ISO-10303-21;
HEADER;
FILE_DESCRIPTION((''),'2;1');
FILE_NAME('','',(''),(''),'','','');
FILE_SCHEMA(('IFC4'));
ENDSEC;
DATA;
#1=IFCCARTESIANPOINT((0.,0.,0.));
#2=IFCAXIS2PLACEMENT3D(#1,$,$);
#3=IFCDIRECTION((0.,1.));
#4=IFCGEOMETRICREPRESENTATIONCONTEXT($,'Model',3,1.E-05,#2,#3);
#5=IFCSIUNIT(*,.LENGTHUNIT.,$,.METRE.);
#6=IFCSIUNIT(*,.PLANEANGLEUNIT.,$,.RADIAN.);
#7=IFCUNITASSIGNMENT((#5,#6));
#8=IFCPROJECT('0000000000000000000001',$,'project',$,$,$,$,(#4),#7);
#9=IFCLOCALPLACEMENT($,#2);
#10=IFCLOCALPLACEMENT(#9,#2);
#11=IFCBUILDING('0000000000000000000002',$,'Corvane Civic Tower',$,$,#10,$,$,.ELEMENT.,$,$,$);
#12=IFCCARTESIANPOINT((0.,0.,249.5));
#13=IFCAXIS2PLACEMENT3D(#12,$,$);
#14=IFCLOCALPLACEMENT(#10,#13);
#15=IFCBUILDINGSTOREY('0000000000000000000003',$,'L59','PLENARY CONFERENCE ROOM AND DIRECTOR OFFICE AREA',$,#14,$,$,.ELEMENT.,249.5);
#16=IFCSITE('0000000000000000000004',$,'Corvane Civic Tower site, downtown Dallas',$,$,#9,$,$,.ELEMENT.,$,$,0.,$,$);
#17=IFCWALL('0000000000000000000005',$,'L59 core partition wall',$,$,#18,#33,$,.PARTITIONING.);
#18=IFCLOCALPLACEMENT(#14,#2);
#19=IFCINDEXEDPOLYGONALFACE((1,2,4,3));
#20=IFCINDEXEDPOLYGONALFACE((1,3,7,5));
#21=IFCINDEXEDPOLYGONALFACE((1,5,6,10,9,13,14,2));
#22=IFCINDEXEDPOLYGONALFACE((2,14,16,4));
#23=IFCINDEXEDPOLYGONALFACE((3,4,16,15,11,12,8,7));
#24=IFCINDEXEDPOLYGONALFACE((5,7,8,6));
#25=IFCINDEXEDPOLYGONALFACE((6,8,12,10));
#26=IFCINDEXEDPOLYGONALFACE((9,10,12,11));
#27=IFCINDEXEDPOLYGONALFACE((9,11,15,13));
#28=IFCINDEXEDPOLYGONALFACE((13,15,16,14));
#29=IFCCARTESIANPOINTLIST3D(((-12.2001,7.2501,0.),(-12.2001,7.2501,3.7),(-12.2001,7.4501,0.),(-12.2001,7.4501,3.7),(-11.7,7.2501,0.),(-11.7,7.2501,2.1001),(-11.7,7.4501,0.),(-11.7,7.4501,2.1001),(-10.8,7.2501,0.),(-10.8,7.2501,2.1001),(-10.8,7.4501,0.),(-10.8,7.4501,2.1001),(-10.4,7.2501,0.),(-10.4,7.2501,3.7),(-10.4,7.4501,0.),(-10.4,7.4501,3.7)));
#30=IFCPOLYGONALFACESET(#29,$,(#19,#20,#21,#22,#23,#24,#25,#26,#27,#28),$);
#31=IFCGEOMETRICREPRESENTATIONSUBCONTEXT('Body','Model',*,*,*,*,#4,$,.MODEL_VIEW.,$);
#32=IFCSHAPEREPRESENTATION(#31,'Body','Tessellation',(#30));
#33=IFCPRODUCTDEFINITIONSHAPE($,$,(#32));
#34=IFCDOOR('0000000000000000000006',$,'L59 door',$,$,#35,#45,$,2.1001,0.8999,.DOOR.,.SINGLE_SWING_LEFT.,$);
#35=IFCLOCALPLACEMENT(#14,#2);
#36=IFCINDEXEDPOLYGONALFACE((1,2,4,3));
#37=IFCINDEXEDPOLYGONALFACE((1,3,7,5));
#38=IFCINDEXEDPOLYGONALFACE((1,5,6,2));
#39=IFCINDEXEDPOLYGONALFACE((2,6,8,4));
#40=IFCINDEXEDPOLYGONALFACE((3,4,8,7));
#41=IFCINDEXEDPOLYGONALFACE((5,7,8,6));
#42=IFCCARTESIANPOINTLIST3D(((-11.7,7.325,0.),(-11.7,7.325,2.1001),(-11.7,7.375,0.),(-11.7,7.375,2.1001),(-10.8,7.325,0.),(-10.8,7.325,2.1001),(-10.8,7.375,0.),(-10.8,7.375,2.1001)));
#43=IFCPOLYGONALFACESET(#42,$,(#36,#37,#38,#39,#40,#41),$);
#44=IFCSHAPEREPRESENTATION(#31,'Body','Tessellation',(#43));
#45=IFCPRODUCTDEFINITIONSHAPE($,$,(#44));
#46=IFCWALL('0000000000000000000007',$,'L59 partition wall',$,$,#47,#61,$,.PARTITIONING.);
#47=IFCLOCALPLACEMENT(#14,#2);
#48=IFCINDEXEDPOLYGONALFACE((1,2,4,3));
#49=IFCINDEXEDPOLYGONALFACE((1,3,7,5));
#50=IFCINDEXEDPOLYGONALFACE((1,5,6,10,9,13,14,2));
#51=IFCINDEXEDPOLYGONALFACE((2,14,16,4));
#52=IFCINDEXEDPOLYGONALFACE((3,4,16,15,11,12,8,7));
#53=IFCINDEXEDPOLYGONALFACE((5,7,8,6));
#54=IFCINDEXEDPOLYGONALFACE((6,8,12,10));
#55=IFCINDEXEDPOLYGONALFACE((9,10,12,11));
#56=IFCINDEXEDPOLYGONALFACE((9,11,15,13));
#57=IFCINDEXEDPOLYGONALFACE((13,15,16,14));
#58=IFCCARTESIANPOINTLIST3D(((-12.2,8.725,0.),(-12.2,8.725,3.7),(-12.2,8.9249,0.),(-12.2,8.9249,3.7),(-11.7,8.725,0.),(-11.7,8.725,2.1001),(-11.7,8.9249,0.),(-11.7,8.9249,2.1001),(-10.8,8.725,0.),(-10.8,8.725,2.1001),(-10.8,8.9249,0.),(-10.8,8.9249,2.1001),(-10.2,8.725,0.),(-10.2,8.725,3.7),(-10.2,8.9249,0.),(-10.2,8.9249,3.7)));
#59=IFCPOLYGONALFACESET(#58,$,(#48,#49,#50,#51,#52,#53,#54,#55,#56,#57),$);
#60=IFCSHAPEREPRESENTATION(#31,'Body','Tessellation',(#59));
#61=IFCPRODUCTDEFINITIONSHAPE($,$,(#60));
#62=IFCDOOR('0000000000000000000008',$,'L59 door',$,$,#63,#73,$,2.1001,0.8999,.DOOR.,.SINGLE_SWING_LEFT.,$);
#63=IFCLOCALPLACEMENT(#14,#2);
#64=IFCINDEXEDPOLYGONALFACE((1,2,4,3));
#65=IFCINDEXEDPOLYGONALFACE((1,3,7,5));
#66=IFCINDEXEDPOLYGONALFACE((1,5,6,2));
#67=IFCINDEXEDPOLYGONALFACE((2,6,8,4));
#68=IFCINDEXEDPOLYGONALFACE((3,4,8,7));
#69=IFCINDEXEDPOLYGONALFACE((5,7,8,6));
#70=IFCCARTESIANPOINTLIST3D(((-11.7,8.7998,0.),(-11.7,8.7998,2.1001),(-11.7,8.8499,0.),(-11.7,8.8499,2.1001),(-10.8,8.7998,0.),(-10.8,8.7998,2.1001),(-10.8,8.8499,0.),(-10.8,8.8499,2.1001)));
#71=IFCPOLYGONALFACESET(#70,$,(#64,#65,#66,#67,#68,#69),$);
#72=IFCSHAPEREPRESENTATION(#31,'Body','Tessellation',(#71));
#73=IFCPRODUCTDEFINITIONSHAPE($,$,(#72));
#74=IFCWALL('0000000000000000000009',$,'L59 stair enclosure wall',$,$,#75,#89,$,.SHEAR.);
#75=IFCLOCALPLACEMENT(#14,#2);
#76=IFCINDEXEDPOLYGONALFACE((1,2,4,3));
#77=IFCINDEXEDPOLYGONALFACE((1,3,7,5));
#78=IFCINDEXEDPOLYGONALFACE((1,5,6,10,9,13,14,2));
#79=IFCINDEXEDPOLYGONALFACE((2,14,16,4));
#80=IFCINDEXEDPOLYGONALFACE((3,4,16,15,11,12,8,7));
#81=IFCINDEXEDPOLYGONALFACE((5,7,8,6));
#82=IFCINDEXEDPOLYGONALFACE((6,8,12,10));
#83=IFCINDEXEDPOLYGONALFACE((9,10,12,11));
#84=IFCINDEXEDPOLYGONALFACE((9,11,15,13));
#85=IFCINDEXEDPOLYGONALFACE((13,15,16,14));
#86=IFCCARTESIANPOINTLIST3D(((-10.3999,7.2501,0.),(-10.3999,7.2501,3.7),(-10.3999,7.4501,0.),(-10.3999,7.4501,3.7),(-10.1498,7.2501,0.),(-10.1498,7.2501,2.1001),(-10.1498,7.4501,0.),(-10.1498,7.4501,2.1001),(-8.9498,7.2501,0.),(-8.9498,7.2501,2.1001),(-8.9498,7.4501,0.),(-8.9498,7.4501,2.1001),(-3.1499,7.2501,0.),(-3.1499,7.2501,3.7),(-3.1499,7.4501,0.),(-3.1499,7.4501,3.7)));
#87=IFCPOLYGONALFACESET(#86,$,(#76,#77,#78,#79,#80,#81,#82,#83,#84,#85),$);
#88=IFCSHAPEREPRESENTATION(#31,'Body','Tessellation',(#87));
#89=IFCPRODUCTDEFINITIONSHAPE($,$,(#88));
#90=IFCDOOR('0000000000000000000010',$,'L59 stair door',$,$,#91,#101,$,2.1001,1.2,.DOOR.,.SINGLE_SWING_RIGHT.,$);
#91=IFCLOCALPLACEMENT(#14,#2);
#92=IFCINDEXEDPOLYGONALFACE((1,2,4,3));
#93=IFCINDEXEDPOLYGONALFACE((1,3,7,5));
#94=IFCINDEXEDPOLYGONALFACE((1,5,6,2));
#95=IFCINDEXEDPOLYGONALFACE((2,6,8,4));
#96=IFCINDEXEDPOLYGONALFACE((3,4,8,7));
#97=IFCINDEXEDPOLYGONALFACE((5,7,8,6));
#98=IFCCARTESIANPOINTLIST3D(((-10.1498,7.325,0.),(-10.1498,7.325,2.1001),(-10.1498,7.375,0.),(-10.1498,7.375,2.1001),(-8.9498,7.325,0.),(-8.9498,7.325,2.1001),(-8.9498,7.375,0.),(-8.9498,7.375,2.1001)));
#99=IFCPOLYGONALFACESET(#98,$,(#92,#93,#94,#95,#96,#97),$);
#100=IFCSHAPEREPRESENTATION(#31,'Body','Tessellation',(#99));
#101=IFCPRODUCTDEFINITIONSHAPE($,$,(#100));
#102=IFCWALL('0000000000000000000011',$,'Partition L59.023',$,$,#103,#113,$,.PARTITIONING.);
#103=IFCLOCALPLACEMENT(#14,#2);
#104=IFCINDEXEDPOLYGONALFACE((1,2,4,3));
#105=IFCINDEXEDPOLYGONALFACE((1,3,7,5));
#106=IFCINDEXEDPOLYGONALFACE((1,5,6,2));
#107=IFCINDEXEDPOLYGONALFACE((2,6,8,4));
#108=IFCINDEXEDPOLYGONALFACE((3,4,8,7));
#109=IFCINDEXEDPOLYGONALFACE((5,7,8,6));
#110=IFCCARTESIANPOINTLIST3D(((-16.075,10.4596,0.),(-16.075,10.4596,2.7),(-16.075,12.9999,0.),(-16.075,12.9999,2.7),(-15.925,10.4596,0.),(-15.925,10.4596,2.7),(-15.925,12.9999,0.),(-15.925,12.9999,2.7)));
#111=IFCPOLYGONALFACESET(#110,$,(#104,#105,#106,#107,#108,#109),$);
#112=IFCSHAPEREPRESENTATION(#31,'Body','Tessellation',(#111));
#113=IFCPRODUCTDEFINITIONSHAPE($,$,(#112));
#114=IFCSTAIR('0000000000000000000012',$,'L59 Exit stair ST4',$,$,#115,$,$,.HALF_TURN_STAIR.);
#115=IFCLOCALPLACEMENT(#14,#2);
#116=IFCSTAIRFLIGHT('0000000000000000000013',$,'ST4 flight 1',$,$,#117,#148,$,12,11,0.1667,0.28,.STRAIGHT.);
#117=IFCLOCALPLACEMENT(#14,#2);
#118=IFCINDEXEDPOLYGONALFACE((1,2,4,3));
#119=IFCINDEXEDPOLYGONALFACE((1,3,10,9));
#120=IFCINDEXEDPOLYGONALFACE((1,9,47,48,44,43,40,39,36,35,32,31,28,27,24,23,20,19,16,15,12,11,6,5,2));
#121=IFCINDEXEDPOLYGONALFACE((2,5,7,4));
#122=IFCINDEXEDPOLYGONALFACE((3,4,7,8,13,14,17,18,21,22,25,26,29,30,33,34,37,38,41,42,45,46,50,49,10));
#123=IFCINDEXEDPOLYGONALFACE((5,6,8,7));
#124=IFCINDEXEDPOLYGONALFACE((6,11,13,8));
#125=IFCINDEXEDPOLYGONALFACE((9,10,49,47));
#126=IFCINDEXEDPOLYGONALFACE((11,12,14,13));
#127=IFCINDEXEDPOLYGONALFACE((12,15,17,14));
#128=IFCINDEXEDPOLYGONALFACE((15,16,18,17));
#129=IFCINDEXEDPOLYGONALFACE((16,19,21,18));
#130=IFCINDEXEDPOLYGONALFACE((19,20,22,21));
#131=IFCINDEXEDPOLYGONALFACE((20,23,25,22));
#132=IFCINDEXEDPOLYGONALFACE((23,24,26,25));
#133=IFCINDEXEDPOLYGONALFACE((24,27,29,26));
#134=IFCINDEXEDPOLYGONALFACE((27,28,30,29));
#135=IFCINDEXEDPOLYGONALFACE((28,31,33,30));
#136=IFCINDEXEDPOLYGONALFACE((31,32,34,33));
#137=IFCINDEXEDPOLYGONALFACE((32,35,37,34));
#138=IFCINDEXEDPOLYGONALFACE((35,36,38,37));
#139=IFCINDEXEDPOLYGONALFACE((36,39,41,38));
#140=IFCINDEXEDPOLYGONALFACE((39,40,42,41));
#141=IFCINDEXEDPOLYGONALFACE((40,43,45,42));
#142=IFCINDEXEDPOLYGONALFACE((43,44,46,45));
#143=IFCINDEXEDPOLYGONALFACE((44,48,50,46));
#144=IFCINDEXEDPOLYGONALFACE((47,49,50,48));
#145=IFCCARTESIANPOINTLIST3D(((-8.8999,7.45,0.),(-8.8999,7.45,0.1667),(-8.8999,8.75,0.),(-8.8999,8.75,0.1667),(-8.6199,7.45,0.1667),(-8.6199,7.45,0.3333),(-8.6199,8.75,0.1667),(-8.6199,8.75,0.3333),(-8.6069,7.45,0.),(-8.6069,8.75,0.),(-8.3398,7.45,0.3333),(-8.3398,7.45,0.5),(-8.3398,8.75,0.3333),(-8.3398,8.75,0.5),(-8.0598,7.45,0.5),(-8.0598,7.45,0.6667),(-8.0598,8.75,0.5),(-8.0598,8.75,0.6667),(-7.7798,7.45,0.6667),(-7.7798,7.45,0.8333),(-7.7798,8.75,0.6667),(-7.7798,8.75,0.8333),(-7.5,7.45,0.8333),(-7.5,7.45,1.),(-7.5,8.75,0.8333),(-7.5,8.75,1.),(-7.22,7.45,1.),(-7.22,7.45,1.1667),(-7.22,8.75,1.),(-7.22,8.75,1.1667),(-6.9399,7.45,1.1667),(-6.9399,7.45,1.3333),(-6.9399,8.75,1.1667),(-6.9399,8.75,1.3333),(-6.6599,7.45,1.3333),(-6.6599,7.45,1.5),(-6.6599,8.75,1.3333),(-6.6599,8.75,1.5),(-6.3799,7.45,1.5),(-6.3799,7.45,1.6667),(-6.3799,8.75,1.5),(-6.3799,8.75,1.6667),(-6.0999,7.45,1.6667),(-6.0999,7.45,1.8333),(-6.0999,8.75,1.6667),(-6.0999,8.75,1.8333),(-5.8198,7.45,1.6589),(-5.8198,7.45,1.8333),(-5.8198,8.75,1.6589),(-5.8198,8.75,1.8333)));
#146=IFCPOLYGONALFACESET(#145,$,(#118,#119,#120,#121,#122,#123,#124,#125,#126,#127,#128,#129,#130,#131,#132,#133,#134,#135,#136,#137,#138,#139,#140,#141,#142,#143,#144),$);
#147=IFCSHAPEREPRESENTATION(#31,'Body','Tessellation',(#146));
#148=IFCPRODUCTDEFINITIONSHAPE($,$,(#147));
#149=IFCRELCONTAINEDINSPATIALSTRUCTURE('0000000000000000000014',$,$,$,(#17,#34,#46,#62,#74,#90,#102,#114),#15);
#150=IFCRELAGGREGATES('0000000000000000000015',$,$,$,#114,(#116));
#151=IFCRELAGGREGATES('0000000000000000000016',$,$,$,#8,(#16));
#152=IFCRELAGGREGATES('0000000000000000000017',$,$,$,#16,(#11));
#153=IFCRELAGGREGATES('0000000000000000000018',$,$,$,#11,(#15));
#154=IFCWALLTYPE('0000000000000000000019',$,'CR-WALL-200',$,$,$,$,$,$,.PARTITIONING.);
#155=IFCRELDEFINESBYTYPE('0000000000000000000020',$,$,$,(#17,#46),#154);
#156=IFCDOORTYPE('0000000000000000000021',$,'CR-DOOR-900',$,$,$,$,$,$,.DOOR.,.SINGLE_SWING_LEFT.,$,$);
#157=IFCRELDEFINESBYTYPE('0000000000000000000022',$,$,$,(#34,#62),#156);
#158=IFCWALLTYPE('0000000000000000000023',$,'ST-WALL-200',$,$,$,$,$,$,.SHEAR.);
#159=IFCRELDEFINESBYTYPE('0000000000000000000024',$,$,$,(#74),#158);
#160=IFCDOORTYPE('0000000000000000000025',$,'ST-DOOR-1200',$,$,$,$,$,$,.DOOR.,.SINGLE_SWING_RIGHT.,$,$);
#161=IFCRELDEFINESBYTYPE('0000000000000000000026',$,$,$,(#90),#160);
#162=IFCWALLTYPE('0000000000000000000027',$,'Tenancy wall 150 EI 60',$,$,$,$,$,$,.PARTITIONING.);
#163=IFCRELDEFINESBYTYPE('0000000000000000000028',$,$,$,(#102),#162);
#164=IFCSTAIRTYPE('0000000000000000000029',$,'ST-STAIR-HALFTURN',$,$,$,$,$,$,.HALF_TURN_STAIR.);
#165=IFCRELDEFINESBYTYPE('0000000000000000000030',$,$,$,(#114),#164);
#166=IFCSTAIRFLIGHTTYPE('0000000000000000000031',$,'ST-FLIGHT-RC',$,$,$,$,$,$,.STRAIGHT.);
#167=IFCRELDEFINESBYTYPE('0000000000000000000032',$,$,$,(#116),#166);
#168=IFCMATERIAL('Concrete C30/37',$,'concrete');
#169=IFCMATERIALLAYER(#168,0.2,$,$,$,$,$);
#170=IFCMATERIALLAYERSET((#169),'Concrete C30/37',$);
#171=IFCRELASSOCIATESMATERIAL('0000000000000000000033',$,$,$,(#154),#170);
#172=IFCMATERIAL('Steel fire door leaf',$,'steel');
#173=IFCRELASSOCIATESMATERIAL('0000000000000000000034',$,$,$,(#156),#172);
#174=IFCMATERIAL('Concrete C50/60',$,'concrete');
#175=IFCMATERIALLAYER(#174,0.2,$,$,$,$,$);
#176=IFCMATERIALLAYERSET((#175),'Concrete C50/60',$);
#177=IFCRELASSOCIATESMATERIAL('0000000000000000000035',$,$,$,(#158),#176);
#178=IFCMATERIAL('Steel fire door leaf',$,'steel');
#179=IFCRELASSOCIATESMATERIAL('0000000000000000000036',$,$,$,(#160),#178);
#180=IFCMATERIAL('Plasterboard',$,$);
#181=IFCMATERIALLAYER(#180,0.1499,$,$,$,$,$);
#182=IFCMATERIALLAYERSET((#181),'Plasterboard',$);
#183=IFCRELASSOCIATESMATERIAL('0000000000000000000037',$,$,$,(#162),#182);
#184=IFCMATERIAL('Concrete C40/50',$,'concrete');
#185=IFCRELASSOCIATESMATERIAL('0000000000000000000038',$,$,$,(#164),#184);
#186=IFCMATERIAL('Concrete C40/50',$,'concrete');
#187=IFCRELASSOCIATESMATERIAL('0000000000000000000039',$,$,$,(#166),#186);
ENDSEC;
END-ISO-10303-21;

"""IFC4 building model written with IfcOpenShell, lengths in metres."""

from ifc_helpers import new_model, si_unit, direction, frame, frame_2d, origin, place, context, subcontext, project, spatial, polyline, rectangle, outline, extrude, material, layer, layer_set, type_object, element, fill, aggregate, save


model = new_model("IFC4")

# Units and contexts
model_context = context("Model", 3, precision=1e-05, world=origin(), true_north=direction((0.0, 1.0)))
body_context = subcontext(model_context, "Body", "Model", "MODEL_VIEW")
ifc_project = project(units=[si_unit("LENGTHUNIT", "METRE"), si_unit("PLANEANGLEUNIT", "RADIAN")], contexts=[model_context])

# Site, building, storey
site_placement = place(None, origin())
site = spatial("IfcSite", under=ifc_project, at=site_placement, Name="Corvane Civic Tower site, downtown Dallas", CompositionType="ELEMENT", RefElevation=0.0)
building_placement = place(site_placement, origin())
building = spatial("IfcBuilding", under=site, at=building_placement, Name="Corvane Civic Tower", CompositionType="ELEMENT")
storey_placement = place(building_placement, frame((0.0, 0.0, 249.5)))
storey = spatial("IfcBuildingStorey", under=building, at=storey_placement, Name="L59", Description="PLENARY CONFERENCE ROOM AND DIRECTOR OFFICE AREA", CompositionType="ELEMENT", Elevation=249.5)

# Shared definitions
ifc_material_1 = material(Name="Concrete C30/37", Category="concrete")
ifc_layer_1 = layer(ifc_material_1, 0.2)
ifc_layer_set_1 = layer_set([ifc_layer_1], Name="Concrete C30/37")
wall_type_1 = type_object("IfcWallType", Name="CR-WALL-200", PredefinedType="PARTITIONING", material=ifc_layer_set_1)
ifc_material_2 = material(Name="Steel fire door leaf", Category="steel")
door_type_1 = type_object("IfcDoorType", Name="CR-DOOR-900", OperationType="SINGLE_SWING_LEFT", PredefinedType="DOOR", material=ifc_material_2)

# Walls, openings, doors
wall_1_placement = place(storey_placement, frame((-12.2, 7.3501, 0.0), z_axis=(0.0, 0.0, 1.0), x_axis=(1.0, 0.0, 0.0)))
wall_1 = element("IfcWall", 1, at=wall_1_placement, inside=storey, type_object=wall_type_1, Name="L59 core partition wall", PredefinedType="PARTITIONING", context=body_context, shape_type="SweptSolid", body=[
    extrude(rectangle(XDim=1.8, YDim=0.2, at=frame_2d((0.8999, 0.0))), origin(), (0.0, 0.0, 1.0), 3.7),
])
opening_1_placement = place(wall_1_placement, frame((0.5, 0.0, 0.0)))
opening_1 = element("IfcOpeningElement", 2, at=opening_1_placement, cuts=wall_1, PredefinedType="OPENING", context=body_context, shape_type="SweptSolid", body=[
    extrude(rectangle(XDim=0.8999, YDim=2.1001, at=frame_2d((0.45, 1.05))), frame((0.0, 0.1099, 0.0), z_axis=(0.0, -1.0, 0.0), x_axis=(1.0, 0.0, 0.0)), (0.0, 0.0, 1.0), 0.22),
])
door_1_placement = place(opening_1_placement, origin())
door_1 = element("IfcDoor", 3, at=door_1_placement, inside=storey, type_object=door_type_1, Name="L59 door", OperationType="SINGLE_SWING_LEFT", OverallHeight=2.1001, OverallWidth=0.8999, PredefinedType="DOOR", context=body_context, shape_type="SweptSolid", body=[
    extrude(rectangle(XDim=0.8999, YDim=2.1001, at=frame_2d((0.45, 1.05))), frame((0.0, 0.0249, 0.0), z_axis=(0.0, -1.0, 0.0), x_axis=(1.0, 0.0, 0.0)), (0.0, 0.0, 1.0), 0.05),
])
fill(opening_1, door_1)
wall_2_placement = place(storey_placement, frame((-12.2, 8.825, 0.0), z_axis=(0.0, 0.0, 1.0), x_axis=(1.0, 0.0, 0.0)))
wall_2 = element("IfcWall", 4, at=wall_2_placement, inside=storey, type_object=wall_type_1, Name="L59 partition wall", PredefinedType="PARTITIONING", context=body_context, shape_type="SweptSolid", body=[
    extrude(rectangle(XDim=2.0, YDim=0.2, at=frame_2d((1.0, 0.0))), origin(), (0.0, 0.0, 1.0), 3.7),
])
opening_2_placement = place(wall_2_placement, frame((0.5, 0.0, 0.0)))
opening_2 = element("IfcOpeningElement", 5, at=opening_2_placement, cuts=wall_2, PredefinedType="OPENING", context=body_context, shape_type="SweptSolid", body=[
    extrude(rectangle(XDim=0.8999, YDim=2.1001, at=frame_2d((0.45, 1.05))), frame((0.0, 0.1099, 0.0), z_axis=(0.0, -1.0, 0.0), x_axis=(1.0, 0.0, 0.0)), (0.0, 0.0, 1.0), 0.22),
])
door_2_placement = place(opening_2_placement, origin())
door_2 = element("IfcDoor", 6, at=door_2_placement, inside=storey, type_object=door_type_1, Name="L59 door", OperationType="SINGLE_SWING_LEFT", OverallHeight=2.1001, OverallWidth=0.8999, PredefinedType="DOOR", context=body_context, shape_type="SweptSolid", body=[
    extrude(rectangle(XDim=0.8999, YDim=2.1001, at=frame_2d((0.45, 1.05))), frame((0.0, 0.0249, 0.0), z_axis=(0.0, -1.0, 0.0), x_axis=(1.0, 0.0, 0.0)), (0.0, 0.0, 1.0), 0.05),
])
fill(opening_2, door_2)
ifc_material_3 = material(Name="Concrete C50/60", Category="concrete")
ifc_layer_2 = layer(ifc_material_3, 0.2)
ifc_layer_set_2 = layer_set([ifc_layer_2], Name="Concrete C50/60")
wall_type_2 = type_object("IfcWallType", Name="ST-WALL-200", PredefinedType="SHEAR", material=ifc_layer_set_2)
wall_3_placement = place(storey_placement, frame((-10.3999, 7.3501, 0.0), z_axis=(0.0, 0.0, 1.0), x_axis=(1.0, 0.0, 0.0)))
wall_3 = element("IfcWall", 7, at=wall_3_placement, inside=storey, type_object=wall_type_2, Name="L59 stair enclosure wall", PredefinedType="SHEAR", context=body_context, shape_type="SweptSolid", body=[
    extrude(rectangle(XDim=7.25, YDim=0.2, at=frame_2d((3.625, 0.0))), origin(), (0.0, 0.0, 1.0), 3.7),
])
opening_3_placement = place(wall_3_placement, frame((0.25, 0.0, 0.0)))
opening_3 = element("IfcOpeningElement", 8, at=opening_3_placement, cuts=wall_3, PredefinedType="OPENING", context=body_context, shape_type="SweptSolid", body=[
    extrude(rectangle(XDim=1.2, YDim=2.1001, at=frame_2d((0.6001, 1.05))), frame((0.0, 0.1099, 0.0), z_axis=(0.0, -1.0, 0.0), x_axis=(1.0, 0.0, 0.0)), (0.0, 0.0, 1.0), 0.22),
])
ifc_material_4 = material(Name="Steel fire door leaf", Category="steel")
door_type_2 = type_object("IfcDoorType", Name="ST-DOOR-1200", OperationType="SINGLE_SWING_RIGHT", PredefinedType="DOOR", material=ifc_material_4)
door_3_placement = place(opening_3_placement, origin())
door_3 = element("IfcDoor", 9, at=door_3_placement, inside=storey, type_object=door_type_2, Name="L59 stair door", OperationType="SINGLE_SWING_RIGHT", OverallHeight=2.1001, OverallWidth=1.2, PredefinedType="DOOR", context=body_context, shape_type="SweptSolid", body=[
    extrude(rectangle(XDim=1.2, YDim=2.1001, at=frame_2d((0.6001, 1.05))), frame((0.0, 0.0249, 0.0), z_axis=(0.0, -1.0, 0.0), x_axis=(1.0, 0.0, 0.0)), (0.0, 0.0, 1.0), 0.05),
])
fill(opening_3, door_3)

# Wall
ifc_material_5 = material(Name="Plasterboard")
ifc_layer_3 = layer(ifc_material_5, 0.1499)
ifc_layer_set_3 = layer_set([ifc_layer_3], Name="Plasterboard")
wall_type_3 = type_object("IfcWallType", Name="Tenancy wall 150 EI 60", PredefinedType="PARTITIONING", material=ifc_layer_set_3)
wall_4_placement = place(storey_placement, frame((-16.0, 10.4597, 0.0), z_axis=(0.0, 0.0, 1.0), x_axis=(0.0, 1.0, 0.0)))
element("IfcWall", 10, at=wall_4_placement, inside=storey, type_object=wall_type_3, Name="Partition L59.023", PredefinedType="PARTITIONING", context=body_context, shape_type="SweptSolid", body=[
    extrude(rectangle(XDim=2.5403, YDim=0.1499, at=frame_2d((1.27, 0.0))), origin(), (0.0, 0.0, 1.0), 2.7),
])

# Stair, stair flight
ifc_material_6 = material(Name="Concrete C40/50", Category="concrete")
stair_type = type_object("IfcStairType", Name="ST-STAIR-HALFTURN", PredefinedType="HALF_TURN_STAIR", material=ifc_material_6)
stair_placement = place(storey_placement, origin())
stair = element("IfcStair", 11, at=stair_placement, inside=storey, type_object=stair_type, Name="L59 Exit stair ST4", PredefinedType="HALF_TURN_STAIR")
ifc_material_7 = material(Name="Concrete C40/50", Category="concrete")
stair_flight_type = type_object("IfcStairFlightType", Name="ST-FLIGHT-RC", PredefinedType="STRAIGHT", material=ifc_material_7)
stair_flight_placement = place(storey_placement, frame((-8.8999, 8.1001, 0.0), z_axis=(0.0, 0.0, 1.0), x_axis=(1.0, 0.0, 0.0)))
stair_flight = element("IfcStairFlight", 12, at=stair_flight_placement, type_object=stair_flight_type, Name="ST4 flight 1", NumberOfRisers=12, NumberOfTreads=11, PredefinedType="STRAIGHT", RiserHeight=0.1667, TreadLength=0.28, context=body_context, shape_type="SweptSolid", body=[
    extrude(outline(polyline([(0.0, 0.0), (0.0, 0.1667), (0.28, 0.1667), (0.28, 0.3333), (0.5601, 0.3333), (0.5601, 0.5), (0.8401, 0.5), (0.8401, 0.6667), (1.1201, 0.6667), (1.1201, 0.8333), (1.3999, 0.8333), (1.3999, 1.0), (1.6799, 1.0), (1.6799, 1.1667), (1.96, 1.1667), (1.96, 1.3333), (2.24, 1.3333), (2.24, 1.5), (2.52, 1.5), (2.52, 1.6667), (2.8, 1.6667), (2.8, 1.8333), (3.0801, 1.8333), (3.0801, 2.0), (3.0801, 1.6589), (0.293, 0.0), (0.0, 0.0)])), frame((0.0, 0.6499, 0.0), z_axis=(0.0, -1.0, 0.0), x_axis=(1.0, 0.0, 0.0)), (0.0, 0.0, 1.0), 1.3),
])
aggregate(stair, [stair_flight])

save(model, "model.ifc")
